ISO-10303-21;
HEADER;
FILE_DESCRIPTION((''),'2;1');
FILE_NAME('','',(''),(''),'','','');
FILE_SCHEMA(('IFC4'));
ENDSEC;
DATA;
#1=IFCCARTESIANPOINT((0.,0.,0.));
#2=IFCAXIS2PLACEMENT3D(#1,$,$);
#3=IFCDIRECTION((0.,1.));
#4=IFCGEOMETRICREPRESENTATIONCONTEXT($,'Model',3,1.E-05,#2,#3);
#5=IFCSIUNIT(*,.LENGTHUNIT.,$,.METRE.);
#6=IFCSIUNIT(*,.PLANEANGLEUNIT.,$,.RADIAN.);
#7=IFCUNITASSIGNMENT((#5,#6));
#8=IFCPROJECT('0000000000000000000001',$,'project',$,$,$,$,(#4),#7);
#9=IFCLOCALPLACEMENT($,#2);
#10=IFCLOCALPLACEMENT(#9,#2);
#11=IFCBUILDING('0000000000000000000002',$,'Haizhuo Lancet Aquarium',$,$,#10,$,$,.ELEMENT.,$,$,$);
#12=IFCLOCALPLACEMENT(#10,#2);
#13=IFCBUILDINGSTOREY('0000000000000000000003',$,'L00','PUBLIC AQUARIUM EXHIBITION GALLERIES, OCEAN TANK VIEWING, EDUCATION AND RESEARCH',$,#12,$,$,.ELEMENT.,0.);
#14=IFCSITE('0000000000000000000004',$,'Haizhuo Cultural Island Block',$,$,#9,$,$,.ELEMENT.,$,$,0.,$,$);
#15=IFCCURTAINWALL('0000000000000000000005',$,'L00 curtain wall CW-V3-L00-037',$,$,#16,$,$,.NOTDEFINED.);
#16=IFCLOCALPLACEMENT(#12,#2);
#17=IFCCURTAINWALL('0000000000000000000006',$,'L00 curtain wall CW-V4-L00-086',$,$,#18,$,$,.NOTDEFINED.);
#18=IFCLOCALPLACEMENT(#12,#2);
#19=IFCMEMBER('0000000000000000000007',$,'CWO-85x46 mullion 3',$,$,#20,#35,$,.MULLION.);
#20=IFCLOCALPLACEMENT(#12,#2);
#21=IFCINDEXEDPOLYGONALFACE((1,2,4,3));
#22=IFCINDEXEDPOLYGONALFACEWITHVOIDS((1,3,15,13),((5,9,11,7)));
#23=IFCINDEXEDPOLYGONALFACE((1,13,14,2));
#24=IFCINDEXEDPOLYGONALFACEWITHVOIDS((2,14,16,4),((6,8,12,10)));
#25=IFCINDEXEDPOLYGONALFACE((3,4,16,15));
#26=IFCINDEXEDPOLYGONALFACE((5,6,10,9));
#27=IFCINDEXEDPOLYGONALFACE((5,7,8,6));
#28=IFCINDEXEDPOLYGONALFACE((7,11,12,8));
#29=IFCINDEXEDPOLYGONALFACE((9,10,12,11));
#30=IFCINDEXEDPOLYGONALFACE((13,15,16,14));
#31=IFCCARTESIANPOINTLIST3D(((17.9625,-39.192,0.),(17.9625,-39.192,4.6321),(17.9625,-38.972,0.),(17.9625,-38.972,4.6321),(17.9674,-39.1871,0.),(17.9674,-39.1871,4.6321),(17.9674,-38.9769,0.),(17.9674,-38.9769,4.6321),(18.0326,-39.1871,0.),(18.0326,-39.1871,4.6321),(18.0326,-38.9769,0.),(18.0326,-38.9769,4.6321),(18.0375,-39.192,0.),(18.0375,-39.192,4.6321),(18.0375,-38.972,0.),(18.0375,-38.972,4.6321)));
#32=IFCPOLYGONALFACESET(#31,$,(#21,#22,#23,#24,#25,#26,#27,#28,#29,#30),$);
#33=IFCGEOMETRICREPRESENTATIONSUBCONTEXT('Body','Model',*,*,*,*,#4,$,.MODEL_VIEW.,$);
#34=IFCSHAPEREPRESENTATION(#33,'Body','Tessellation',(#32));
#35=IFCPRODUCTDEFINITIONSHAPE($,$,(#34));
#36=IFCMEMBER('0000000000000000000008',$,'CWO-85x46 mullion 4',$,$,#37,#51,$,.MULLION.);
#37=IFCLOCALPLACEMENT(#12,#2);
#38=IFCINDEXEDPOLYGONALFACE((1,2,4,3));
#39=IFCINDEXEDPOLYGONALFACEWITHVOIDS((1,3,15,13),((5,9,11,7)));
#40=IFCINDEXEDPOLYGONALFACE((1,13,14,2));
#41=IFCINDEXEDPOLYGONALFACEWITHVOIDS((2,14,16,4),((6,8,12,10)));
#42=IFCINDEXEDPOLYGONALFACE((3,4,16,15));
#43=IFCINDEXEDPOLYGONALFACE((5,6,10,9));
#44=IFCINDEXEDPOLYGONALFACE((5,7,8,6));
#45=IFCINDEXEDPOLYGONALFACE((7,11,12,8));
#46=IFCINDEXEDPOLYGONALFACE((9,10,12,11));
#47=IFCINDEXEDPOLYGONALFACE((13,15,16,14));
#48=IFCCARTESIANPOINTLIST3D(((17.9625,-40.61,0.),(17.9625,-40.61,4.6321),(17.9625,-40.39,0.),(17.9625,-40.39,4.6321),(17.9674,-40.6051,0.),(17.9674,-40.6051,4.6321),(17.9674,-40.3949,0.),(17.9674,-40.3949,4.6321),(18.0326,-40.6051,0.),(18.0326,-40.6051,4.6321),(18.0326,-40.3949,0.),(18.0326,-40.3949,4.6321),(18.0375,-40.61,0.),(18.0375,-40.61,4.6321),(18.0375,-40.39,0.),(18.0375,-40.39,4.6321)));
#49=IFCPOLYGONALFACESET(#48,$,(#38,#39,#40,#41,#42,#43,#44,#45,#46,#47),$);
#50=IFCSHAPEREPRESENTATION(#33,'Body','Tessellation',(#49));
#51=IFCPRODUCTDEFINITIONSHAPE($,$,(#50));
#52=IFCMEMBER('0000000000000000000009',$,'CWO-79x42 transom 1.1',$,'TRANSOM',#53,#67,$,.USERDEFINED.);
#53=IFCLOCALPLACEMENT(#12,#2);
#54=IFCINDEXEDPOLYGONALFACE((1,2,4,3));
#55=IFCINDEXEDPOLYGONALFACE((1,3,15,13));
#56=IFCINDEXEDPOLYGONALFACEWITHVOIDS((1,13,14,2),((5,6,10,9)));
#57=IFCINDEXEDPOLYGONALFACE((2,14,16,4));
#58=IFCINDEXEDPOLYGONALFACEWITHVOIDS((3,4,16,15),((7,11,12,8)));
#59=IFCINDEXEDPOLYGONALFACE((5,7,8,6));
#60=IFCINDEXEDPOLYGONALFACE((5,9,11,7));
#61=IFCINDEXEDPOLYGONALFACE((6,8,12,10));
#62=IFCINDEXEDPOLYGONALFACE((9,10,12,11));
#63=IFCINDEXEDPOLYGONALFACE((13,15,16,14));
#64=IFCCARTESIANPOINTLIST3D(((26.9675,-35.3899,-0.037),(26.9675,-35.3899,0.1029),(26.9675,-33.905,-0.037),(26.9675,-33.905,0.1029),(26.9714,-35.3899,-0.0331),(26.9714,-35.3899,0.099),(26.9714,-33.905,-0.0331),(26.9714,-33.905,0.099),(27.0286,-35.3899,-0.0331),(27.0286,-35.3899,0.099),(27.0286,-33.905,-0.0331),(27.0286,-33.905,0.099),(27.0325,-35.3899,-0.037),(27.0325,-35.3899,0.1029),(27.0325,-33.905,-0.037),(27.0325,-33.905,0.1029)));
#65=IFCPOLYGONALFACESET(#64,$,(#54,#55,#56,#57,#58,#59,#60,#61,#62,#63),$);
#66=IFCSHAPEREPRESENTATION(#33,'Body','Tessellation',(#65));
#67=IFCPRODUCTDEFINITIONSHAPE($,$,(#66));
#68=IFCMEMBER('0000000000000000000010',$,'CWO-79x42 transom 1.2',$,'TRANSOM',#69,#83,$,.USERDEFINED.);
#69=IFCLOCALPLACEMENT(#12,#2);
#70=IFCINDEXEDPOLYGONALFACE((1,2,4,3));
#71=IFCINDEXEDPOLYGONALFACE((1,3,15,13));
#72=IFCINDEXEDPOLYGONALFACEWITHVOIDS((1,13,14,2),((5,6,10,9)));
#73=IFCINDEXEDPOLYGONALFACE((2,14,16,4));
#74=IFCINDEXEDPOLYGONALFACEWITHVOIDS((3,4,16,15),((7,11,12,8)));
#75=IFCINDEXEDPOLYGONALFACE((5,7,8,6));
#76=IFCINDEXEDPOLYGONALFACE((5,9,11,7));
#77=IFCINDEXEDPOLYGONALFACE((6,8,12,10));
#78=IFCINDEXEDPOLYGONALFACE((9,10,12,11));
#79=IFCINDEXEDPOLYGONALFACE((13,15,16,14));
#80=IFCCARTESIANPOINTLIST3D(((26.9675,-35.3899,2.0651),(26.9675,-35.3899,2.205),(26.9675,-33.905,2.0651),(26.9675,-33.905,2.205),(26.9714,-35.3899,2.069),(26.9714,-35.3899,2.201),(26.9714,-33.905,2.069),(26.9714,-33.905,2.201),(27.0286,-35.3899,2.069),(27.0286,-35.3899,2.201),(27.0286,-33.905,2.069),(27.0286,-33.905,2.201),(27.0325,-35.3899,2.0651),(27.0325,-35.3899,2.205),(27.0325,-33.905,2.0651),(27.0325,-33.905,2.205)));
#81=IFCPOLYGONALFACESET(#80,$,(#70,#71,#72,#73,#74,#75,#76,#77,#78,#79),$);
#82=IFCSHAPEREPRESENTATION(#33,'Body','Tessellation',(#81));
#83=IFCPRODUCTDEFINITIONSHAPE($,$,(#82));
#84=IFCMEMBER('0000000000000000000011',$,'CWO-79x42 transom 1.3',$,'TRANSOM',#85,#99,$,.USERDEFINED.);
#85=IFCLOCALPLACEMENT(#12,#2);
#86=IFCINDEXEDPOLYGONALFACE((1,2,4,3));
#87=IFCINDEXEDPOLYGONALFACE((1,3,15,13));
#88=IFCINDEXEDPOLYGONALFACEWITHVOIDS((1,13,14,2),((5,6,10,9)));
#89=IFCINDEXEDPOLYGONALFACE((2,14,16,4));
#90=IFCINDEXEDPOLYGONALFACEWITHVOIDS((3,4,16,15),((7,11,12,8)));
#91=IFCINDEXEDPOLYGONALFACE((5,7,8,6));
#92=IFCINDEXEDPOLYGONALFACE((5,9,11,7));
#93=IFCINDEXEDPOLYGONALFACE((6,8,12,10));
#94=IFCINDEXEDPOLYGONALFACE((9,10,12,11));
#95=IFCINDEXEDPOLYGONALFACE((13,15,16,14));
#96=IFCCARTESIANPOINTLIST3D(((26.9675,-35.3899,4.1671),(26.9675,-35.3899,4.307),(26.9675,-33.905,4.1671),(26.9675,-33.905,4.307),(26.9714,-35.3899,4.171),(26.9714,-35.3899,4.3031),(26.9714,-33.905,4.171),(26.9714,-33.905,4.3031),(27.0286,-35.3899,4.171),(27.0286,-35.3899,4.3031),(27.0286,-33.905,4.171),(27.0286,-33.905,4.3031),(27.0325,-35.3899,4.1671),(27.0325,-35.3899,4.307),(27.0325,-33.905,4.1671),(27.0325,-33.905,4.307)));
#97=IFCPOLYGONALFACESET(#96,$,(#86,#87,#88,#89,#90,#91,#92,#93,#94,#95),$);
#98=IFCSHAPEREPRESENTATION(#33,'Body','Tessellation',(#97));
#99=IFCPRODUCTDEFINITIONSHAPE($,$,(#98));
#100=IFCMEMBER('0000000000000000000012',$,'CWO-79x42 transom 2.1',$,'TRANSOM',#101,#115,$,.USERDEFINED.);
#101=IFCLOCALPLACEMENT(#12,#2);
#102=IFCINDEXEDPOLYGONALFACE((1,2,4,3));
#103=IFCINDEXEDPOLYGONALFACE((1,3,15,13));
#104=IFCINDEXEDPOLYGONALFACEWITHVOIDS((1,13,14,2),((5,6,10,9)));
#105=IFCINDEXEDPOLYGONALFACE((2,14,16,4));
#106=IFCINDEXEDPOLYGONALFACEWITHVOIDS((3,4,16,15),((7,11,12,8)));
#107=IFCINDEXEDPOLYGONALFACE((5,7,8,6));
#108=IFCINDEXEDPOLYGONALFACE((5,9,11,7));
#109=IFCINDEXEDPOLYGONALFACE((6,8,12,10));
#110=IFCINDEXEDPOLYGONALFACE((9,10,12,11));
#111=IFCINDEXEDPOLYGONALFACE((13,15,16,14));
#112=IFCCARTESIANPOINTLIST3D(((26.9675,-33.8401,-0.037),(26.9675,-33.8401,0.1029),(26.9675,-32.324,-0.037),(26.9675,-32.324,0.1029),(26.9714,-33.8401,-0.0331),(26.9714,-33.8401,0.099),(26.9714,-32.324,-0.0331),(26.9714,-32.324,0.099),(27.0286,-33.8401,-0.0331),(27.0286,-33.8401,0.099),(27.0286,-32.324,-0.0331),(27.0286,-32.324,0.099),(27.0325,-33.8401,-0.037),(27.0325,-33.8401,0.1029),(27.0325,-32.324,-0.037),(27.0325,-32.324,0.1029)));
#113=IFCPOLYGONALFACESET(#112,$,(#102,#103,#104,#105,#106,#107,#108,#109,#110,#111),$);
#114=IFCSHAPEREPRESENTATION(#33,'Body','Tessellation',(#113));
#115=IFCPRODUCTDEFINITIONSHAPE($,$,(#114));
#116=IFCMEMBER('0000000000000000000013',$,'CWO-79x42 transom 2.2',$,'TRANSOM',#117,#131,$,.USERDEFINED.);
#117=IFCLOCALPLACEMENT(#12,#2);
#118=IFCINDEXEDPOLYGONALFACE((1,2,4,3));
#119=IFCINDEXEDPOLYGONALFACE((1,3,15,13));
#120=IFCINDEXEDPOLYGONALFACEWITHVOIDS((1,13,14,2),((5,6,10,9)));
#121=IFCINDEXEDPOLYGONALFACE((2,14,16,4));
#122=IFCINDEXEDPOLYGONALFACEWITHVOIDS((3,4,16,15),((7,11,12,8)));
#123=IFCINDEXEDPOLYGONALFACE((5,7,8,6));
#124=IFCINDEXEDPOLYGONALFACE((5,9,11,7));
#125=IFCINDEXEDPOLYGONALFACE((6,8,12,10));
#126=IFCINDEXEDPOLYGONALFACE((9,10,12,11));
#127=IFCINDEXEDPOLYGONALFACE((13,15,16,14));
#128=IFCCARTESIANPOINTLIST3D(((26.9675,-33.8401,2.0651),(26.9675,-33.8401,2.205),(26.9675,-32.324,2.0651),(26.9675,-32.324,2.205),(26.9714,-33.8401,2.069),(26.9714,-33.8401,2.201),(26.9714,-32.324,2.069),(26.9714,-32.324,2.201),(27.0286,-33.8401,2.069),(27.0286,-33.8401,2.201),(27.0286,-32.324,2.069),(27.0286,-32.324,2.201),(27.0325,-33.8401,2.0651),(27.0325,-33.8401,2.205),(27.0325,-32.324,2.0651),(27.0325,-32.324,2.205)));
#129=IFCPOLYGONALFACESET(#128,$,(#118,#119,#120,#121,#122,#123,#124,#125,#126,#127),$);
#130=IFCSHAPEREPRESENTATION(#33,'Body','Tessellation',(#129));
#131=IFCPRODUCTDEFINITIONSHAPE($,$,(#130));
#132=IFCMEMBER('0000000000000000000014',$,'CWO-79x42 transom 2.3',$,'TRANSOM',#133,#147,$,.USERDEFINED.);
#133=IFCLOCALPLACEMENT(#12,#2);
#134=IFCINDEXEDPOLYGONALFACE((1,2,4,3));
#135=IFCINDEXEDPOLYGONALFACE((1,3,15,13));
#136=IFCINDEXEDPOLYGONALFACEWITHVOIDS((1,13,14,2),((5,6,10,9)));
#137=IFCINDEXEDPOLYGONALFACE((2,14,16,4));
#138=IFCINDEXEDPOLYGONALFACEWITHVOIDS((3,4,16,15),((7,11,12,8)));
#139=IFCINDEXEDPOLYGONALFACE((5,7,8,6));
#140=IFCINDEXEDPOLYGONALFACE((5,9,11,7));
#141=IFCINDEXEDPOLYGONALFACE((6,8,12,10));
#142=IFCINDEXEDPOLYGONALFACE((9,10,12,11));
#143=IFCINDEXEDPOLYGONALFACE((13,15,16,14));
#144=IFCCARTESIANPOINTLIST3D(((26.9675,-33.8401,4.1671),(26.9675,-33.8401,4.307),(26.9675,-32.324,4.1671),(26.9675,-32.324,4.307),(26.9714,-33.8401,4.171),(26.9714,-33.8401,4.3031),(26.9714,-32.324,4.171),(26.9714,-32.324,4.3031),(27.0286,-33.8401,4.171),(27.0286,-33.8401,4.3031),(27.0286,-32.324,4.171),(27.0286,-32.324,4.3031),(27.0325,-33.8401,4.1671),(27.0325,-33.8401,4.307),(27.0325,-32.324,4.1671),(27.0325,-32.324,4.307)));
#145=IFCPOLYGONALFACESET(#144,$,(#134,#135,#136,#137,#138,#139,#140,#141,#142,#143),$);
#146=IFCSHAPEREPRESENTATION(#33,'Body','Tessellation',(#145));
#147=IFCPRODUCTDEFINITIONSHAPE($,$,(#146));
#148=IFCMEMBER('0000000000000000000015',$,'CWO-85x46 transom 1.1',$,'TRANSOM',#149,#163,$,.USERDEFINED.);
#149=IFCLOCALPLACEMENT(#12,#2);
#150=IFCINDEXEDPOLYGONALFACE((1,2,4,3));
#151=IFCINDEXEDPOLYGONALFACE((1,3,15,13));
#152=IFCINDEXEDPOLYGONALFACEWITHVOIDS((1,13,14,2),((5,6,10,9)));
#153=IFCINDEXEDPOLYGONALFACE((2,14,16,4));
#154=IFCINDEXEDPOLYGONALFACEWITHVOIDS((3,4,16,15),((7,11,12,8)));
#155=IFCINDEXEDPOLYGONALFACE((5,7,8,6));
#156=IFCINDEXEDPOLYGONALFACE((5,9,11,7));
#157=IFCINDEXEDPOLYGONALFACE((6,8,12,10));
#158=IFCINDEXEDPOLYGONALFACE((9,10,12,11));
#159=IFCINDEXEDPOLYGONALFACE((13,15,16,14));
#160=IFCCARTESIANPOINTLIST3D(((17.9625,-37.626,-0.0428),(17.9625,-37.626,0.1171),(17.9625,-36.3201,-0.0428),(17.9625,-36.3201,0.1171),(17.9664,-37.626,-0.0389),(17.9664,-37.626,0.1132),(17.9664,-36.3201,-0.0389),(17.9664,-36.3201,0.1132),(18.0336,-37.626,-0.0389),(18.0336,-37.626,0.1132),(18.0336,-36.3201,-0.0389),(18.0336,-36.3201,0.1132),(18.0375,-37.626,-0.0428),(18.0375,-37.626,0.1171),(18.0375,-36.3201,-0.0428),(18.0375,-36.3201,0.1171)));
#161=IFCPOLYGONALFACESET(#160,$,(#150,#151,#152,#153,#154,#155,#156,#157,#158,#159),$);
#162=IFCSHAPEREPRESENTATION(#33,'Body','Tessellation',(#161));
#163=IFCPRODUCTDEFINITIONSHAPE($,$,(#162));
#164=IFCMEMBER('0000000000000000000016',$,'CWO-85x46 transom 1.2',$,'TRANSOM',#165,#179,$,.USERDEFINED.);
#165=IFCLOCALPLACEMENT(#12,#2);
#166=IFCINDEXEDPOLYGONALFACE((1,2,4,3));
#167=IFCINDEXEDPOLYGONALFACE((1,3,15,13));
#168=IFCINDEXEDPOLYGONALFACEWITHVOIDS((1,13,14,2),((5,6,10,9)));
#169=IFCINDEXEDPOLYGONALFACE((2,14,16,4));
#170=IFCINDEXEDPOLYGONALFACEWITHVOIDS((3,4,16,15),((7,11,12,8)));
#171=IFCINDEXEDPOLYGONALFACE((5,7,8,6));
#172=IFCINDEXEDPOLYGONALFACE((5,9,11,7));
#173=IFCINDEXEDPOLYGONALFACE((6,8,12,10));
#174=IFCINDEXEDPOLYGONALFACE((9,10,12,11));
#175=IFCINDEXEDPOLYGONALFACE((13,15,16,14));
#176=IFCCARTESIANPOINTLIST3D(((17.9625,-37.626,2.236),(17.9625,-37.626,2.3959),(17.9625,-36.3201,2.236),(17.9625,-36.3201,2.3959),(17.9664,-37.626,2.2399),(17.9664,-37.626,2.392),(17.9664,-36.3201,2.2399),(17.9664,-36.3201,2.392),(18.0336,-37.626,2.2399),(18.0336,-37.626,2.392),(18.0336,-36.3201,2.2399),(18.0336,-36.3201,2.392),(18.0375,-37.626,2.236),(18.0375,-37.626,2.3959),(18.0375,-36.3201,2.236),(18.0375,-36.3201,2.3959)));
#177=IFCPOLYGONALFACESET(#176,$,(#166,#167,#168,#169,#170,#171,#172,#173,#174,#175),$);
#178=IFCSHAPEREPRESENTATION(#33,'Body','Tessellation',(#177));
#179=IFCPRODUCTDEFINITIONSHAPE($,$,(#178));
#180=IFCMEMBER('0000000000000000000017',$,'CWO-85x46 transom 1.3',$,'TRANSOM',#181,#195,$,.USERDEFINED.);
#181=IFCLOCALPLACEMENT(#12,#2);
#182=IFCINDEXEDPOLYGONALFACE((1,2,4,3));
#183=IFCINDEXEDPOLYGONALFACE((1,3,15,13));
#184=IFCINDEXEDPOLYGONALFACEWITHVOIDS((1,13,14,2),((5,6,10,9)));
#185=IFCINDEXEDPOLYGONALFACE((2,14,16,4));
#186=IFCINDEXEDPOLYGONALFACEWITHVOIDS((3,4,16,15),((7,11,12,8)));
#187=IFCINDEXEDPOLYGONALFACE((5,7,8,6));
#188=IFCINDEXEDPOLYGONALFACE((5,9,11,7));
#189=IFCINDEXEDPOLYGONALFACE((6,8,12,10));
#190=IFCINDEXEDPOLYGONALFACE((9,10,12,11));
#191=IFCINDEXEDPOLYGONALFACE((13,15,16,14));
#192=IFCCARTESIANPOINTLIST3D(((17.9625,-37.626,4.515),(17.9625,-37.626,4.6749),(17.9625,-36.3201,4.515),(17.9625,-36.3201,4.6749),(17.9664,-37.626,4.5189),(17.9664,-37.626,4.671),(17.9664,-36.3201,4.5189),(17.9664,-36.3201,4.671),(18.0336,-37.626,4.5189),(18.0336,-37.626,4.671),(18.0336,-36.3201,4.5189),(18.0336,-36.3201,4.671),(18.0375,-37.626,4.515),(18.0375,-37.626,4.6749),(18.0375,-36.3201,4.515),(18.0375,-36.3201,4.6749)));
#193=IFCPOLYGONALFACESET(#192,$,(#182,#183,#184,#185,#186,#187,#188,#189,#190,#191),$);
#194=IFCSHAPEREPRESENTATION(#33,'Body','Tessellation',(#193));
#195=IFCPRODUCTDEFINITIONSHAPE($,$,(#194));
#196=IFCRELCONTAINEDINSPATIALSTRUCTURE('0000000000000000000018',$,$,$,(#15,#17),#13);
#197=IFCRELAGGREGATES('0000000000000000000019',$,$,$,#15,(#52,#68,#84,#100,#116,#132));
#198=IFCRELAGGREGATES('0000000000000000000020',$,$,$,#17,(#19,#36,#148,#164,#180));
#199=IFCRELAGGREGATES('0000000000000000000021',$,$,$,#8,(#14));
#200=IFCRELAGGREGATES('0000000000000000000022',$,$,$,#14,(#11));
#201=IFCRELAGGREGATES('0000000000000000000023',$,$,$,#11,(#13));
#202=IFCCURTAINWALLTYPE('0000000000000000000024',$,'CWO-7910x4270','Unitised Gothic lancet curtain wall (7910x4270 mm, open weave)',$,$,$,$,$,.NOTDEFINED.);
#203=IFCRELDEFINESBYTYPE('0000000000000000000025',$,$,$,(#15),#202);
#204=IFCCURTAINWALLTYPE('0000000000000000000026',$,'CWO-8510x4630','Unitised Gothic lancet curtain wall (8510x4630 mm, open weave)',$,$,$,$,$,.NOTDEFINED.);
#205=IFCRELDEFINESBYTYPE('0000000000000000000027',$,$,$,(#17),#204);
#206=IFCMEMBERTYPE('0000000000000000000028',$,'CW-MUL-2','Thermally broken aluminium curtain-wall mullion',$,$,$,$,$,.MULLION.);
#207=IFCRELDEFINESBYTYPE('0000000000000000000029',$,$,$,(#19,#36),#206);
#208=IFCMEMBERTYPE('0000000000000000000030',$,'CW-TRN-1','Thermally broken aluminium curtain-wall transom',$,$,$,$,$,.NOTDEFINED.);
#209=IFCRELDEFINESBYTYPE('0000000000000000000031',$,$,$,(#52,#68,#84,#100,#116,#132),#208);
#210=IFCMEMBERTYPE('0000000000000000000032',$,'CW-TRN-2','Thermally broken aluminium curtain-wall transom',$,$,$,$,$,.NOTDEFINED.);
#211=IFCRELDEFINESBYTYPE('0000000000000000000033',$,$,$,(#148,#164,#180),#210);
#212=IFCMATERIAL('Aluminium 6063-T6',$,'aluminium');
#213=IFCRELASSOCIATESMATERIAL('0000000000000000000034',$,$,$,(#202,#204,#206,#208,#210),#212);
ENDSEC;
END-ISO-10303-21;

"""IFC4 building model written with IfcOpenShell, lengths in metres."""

from ifc_helpers import new_model, si_unit, direction, frame, origin, origin_2d, place, context, subcontext, project, spatial, hollow_rectangle, extrude, material, material_profile, profile_set, type_object, element, aggregate, save


model = new_model("IFC4")

# Units and contexts
model_context = context("Model", 3, precision=1e-05, world=origin(), true_north=direction((0.0, 1.0)))
body_context = subcontext(model_context, "Body", "Model", "MODEL_VIEW")
ifc_project = project(units=[si_unit("LENGTHUNIT", "METRE"), si_unit("PLANEANGLEUNIT", "RADIAN")], contexts=[model_context])

# Site, building, storey
site_placement = place(None, origin())
site = spatial("IfcSite", under=ifc_project, at=site_placement, Name="Haizhuo Cultural Island Block", CompositionType="ELEMENT", RefElevation=0.0)
building_placement = place(site_placement, origin())
building = spatial("IfcBuilding", under=site, at=building_placement, Name="Haizhuo Lancet Aquarium", CompositionType="ELEMENT")
storey_placement = place(building_placement, origin())
storey = spatial("IfcBuildingStorey", under=building, at=storey_placement, Name="L00", Description="PUBLIC AQUARIUM EXHIBITION GALLERIES, OCEAN TANK VIEWING, EDUCATION AND RESEARCH", CompositionType="ELEMENT", Elevation=0.0)

# Curtain walls, members
ifc_material_1 = material(Name="Aluminium 6063-T6", Category="aluminium")
curtain_wall_type_1 = type_object("IfcCurtainWallType", Name="CWO-7910x4270", Description="Unitised Gothic lancet curtain wall (7910x4270 mm, open weave)", PredefinedType="NOTDEFINED", material=ifc_material_1)
curtain_wall_1_placement = place(storey_placement, origin())
curtain_wall_1 = element("IfcCurtainWall", 1, at=curtain_wall_1_placement, inside=storey, type_object=curtain_wall_type_1, Name="L00 curtain wall CW-V3-L00-037", PredefinedType="NOTDEFINED")
curtain_wall_type_2 = type_object("IfcCurtainWallType", Name="CWO-8510x4630", Description="Unitised Gothic lancet curtain wall (8510x4630 mm, open weave)", PredefinedType="NOTDEFINED", material=ifc_material_1)
curtain_wall_2_placement = place(storey_placement, origin())
curtain_wall_2 = element("IfcCurtainWall", 2, at=curtain_wall_2_placement, inside=storey, type_object=curtain_wall_type_2, Name="L00 curtain wall CW-V4-L00-086", PredefinedType="NOTDEFINED")
ifc_material_profile_1 = material_profile(ifc_material_1, hollow_rectangle(XDim=0.075, YDim=0.22, WallThickness=0.0049, at=origin_2d()), Name="ALU-M 75x220x5")
ifc_profile_set_1 = profile_set([ifc_material_profile_1], Name="Aluminium 6063-T6")
member_type_1 = type_object("IfcMemberType", Name="CW-MUL-2", Description="Thermally broken aluminium curtain-wall mullion", PredefinedType="MULLION", material=ifc_profile_set_1)
member_1_placement = place(storey_placement, frame((18.0, -39.082, 0.0), z_axis=(0.0, 0.0, 1.0), x_axis=(1.0, 0.0, 0.0)))
member_1 = element("IfcMember", 3, at=member_1_placement, type_object=member_type_1, Name="CWO-85x46 mullion 3", PredefinedType="MULLION", context=body_context, shape_type="SweptSolid", body=[
    extrude(hollow_rectangle(XDim=0.075, YDim=0.22, WallThickness=0.0049, at=origin_2d()), origin(), (0.0, 0.0, 1.0), 4.6321),
])
member_2_placement = place(storey_placement, frame((18.0, -40.5, 0.0), z_axis=(0.0, 0.0, 1.0), x_axis=(1.0, 0.0, 0.0)))
member_2 = element("IfcMember", 4, at=member_2_placement, type_object=member_type_1, Name="CWO-85x46 mullion 4", PredefinedType="MULLION", context=body_context, shape_type="SweptSolid", body=[
    extrude(hollow_rectangle(XDim=0.075, YDim=0.22, WallThickness=0.0049, at=origin_2d()), origin(), (0.0, 0.0, 1.0), 4.6321),
])

# Members
ifc_material_profile_2 = material_profile(ifc_material_1, hollow_rectangle(XDim=0.0649, YDim=0.1399, WallThickness=0.0039, at=origin_2d()), Name="ALU-T 65x140x4")
ifc_profile_set_2 = profile_set([ifc_material_profile_2], Name="Aluminium 6063-T6")
member_type_2 = type_object("IfcMemberType", Name="CW-TRN-1", Description="Thermally broken aluminium curtain-wall transom", PredefinedType="NOTDEFINED", material=ifc_profile_set_2)
member_3_placement = place(storey_placement, frame((27.0, -35.3899, 0.033), z_axis=(0.0, 1.0, 0.0), x_axis=(-1.0, 0.0, 0.0)))
member_3 = element("IfcMember", 5, at=member_3_placement, type_object=member_type_2, Name="CWO-79x42 transom 1.1", ObjectType="TRANSOM", PredefinedType="USERDEFINED", context=body_context, shape_type="SweptSolid", body=[
    extrude(hollow_rectangle(XDim=0.0649, YDim=0.1399, WallThickness=0.0039, at=origin_2d()), origin(), (0.0, 0.0, 1.0), 1.4849),
])
member_4_placement = place(storey_placement, frame((27.0, -35.3899, 2.135), z_axis=(0.0, 1.0, 0.0), x_axis=(-1.0, 0.0, 0.0)))
member_4 = element("IfcMember", 6, at=member_4_placement, type_object=member_type_2, Name="CWO-79x42 transom 1.2", ObjectType="TRANSOM", PredefinedType="USERDEFINED", context=body_context, shape_type="SweptSolid", body=[
    extrude(hollow_rectangle(XDim=0.0649, YDim=0.1399, WallThickness=0.0039, at=origin_2d()), origin(), (0.0, 0.0, 1.0), 1.4849),
])
member_5_placement = place(storey_placement, frame((27.0, -35.3899, 4.2371), z_axis=(0.0, 1.0, 0.0), x_axis=(-1.0, 0.0, 0.0)))
member_5 = element("IfcMember", 7, at=member_5_placement, type_object=member_type_2, Name="CWO-79x42 transom 1.3", ObjectType="TRANSOM", PredefinedType="USERDEFINED", context=body_context, shape_type="SweptSolid", body=[
    extrude(hollow_rectangle(XDim=0.0649, YDim=0.1399, WallThickness=0.0039, at=origin_2d()), origin(), (0.0, 0.0, 1.0), 1.4849),
])
member_6_placement = place(storey_placement, frame((27.0, -33.8401, 0.033), z_axis=(0.0, 1.0, 0.0), x_axis=(-1.0, 0.0, 0.0)))
member_6 = element("IfcMember", 8, at=member_6_placement, type_object=member_type_2, Name="CWO-79x42 transom 2.1", ObjectType="TRANSOM", PredefinedType="USERDEFINED", context=body_context, shape_type="SweptSolid", body=[
    extrude(hollow_rectangle(XDim=0.0649, YDim=0.1399, WallThickness=0.0039, at=origin_2d()), origin(), (0.0, 0.0, 1.0), 1.5161),
])
member_7_placement = place(storey_placement, frame((27.0, -33.8401, 2.135), z_axis=(0.0, 1.0, 0.0), x_axis=(-1.0, 0.0, 0.0)))
member_7 = element("IfcMember", 9, at=member_7_placement, type_object=member_type_2, Name="CWO-79x42 transom 2.2", ObjectType="TRANSOM", PredefinedType="USERDEFINED", context=body_context, shape_type="SweptSolid", body=[
    extrude(hollow_rectangle(XDim=0.0649, YDim=0.1399, WallThickness=0.0039, at=origin_2d()), origin(), (0.0, 0.0, 1.0), 1.5161),
])
member_8_placement = place(storey_placement, frame((27.0, -33.8401, 4.2371), z_axis=(0.0, 1.0, 0.0), x_axis=(-1.0, 0.0, 0.0)))
member_8 = element("IfcMember", 10, at=member_8_placement, type_object=member_type_2, Name="CWO-79x42 transom 2.3", ObjectType="TRANSOM", PredefinedType="USERDEFINED", context=body_context, shape_type="SweptSolid", body=[
    extrude(hollow_rectangle(XDim=0.0649, YDim=0.1399, WallThickness=0.0039, at=origin_2d()), origin(), (0.0, 0.0, 1.0), 1.5161),
])
ifc_material_profile_3 = material_profile(ifc_material_1, hollow_rectangle(XDim=0.075, YDim=0.1599, WallThickness=0.0039, at=origin_2d()), Name="ALU-T 75x160x4")
ifc_profile_set_3 = profile_set([ifc_material_profile_3], Name="Aluminium 6063-T6")
member_type_3 = type_object("IfcMemberType", Name="CW-TRN-2", Description="Thermally broken aluminium curtain-wall transom", PredefinedType="NOTDEFINED", material=ifc_profile_set_3)
member_9_placement = place(storey_placement, frame((18.0, -36.3201, 0.0371), z_axis=(0.0, -1.0, 0.0), x_axis=(1.0, 0.0, 0.0)))
member_9 = element("IfcMember", 11, at=member_9_placement, type_object=member_type_3, Name="CWO-85x46 transom 1.1", ObjectType="TRANSOM", PredefinedType="USERDEFINED", context=body_context, shape_type="SweptSolid", body=[
    extrude(hollow_rectangle(XDim=0.075, YDim=0.1599, WallThickness=0.0039, at=origin_2d()), origin(), (0.0, 0.0, 1.0), 1.3059),
])
member_10_placement = place(storey_placement, frame((18.0, -36.3201, 2.3159), z_axis=(0.0, -1.0, 0.0), x_axis=(1.0, 0.0, 0.0)))
member_10 = element("IfcMember", 12, at=member_10_placement, type_object=member_type_3, Name="CWO-85x46 transom 1.2", ObjectType="TRANSOM", PredefinedType="USERDEFINED", context=body_context, shape_type="SweptSolid", body=[
    extrude(hollow_rectangle(XDim=0.075, YDim=0.1599, WallThickness=0.0039, at=origin_2d()), origin(), (0.0, 0.0, 1.0), 1.3059),
])
member_11_placement = place(storey_placement, frame((18.0, -36.3201, 4.595), z_axis=(0.0, -1.0, 0.0), x_axis=(1.0, 0.0, 0.0)))
member_11 = element("IfcMember", 13, at=member_11_placement, type_object=member_type_3, Name="CWO-85x46 transom 1.3", ObjectType="TRANSOM", PredefinedType="USERDEFINED", context=body_context, shape_type="SweptSolid", body=[
    extrude(hollow_rectangle(XDim=0.075, YDim=0.1599, WallThickness=0.0039, at=origin_2d()), origin(), (0.0, 0.0, 1.0), 1.3059),
])

aggregate(curtain_wall_1, [member_3, member_4, member_5, member_6, member_7, member_8])
aggregate(curtain_wall_2, [member_1, member_2, member_9, member_10, member_11])

save(model, "model.ifc")
